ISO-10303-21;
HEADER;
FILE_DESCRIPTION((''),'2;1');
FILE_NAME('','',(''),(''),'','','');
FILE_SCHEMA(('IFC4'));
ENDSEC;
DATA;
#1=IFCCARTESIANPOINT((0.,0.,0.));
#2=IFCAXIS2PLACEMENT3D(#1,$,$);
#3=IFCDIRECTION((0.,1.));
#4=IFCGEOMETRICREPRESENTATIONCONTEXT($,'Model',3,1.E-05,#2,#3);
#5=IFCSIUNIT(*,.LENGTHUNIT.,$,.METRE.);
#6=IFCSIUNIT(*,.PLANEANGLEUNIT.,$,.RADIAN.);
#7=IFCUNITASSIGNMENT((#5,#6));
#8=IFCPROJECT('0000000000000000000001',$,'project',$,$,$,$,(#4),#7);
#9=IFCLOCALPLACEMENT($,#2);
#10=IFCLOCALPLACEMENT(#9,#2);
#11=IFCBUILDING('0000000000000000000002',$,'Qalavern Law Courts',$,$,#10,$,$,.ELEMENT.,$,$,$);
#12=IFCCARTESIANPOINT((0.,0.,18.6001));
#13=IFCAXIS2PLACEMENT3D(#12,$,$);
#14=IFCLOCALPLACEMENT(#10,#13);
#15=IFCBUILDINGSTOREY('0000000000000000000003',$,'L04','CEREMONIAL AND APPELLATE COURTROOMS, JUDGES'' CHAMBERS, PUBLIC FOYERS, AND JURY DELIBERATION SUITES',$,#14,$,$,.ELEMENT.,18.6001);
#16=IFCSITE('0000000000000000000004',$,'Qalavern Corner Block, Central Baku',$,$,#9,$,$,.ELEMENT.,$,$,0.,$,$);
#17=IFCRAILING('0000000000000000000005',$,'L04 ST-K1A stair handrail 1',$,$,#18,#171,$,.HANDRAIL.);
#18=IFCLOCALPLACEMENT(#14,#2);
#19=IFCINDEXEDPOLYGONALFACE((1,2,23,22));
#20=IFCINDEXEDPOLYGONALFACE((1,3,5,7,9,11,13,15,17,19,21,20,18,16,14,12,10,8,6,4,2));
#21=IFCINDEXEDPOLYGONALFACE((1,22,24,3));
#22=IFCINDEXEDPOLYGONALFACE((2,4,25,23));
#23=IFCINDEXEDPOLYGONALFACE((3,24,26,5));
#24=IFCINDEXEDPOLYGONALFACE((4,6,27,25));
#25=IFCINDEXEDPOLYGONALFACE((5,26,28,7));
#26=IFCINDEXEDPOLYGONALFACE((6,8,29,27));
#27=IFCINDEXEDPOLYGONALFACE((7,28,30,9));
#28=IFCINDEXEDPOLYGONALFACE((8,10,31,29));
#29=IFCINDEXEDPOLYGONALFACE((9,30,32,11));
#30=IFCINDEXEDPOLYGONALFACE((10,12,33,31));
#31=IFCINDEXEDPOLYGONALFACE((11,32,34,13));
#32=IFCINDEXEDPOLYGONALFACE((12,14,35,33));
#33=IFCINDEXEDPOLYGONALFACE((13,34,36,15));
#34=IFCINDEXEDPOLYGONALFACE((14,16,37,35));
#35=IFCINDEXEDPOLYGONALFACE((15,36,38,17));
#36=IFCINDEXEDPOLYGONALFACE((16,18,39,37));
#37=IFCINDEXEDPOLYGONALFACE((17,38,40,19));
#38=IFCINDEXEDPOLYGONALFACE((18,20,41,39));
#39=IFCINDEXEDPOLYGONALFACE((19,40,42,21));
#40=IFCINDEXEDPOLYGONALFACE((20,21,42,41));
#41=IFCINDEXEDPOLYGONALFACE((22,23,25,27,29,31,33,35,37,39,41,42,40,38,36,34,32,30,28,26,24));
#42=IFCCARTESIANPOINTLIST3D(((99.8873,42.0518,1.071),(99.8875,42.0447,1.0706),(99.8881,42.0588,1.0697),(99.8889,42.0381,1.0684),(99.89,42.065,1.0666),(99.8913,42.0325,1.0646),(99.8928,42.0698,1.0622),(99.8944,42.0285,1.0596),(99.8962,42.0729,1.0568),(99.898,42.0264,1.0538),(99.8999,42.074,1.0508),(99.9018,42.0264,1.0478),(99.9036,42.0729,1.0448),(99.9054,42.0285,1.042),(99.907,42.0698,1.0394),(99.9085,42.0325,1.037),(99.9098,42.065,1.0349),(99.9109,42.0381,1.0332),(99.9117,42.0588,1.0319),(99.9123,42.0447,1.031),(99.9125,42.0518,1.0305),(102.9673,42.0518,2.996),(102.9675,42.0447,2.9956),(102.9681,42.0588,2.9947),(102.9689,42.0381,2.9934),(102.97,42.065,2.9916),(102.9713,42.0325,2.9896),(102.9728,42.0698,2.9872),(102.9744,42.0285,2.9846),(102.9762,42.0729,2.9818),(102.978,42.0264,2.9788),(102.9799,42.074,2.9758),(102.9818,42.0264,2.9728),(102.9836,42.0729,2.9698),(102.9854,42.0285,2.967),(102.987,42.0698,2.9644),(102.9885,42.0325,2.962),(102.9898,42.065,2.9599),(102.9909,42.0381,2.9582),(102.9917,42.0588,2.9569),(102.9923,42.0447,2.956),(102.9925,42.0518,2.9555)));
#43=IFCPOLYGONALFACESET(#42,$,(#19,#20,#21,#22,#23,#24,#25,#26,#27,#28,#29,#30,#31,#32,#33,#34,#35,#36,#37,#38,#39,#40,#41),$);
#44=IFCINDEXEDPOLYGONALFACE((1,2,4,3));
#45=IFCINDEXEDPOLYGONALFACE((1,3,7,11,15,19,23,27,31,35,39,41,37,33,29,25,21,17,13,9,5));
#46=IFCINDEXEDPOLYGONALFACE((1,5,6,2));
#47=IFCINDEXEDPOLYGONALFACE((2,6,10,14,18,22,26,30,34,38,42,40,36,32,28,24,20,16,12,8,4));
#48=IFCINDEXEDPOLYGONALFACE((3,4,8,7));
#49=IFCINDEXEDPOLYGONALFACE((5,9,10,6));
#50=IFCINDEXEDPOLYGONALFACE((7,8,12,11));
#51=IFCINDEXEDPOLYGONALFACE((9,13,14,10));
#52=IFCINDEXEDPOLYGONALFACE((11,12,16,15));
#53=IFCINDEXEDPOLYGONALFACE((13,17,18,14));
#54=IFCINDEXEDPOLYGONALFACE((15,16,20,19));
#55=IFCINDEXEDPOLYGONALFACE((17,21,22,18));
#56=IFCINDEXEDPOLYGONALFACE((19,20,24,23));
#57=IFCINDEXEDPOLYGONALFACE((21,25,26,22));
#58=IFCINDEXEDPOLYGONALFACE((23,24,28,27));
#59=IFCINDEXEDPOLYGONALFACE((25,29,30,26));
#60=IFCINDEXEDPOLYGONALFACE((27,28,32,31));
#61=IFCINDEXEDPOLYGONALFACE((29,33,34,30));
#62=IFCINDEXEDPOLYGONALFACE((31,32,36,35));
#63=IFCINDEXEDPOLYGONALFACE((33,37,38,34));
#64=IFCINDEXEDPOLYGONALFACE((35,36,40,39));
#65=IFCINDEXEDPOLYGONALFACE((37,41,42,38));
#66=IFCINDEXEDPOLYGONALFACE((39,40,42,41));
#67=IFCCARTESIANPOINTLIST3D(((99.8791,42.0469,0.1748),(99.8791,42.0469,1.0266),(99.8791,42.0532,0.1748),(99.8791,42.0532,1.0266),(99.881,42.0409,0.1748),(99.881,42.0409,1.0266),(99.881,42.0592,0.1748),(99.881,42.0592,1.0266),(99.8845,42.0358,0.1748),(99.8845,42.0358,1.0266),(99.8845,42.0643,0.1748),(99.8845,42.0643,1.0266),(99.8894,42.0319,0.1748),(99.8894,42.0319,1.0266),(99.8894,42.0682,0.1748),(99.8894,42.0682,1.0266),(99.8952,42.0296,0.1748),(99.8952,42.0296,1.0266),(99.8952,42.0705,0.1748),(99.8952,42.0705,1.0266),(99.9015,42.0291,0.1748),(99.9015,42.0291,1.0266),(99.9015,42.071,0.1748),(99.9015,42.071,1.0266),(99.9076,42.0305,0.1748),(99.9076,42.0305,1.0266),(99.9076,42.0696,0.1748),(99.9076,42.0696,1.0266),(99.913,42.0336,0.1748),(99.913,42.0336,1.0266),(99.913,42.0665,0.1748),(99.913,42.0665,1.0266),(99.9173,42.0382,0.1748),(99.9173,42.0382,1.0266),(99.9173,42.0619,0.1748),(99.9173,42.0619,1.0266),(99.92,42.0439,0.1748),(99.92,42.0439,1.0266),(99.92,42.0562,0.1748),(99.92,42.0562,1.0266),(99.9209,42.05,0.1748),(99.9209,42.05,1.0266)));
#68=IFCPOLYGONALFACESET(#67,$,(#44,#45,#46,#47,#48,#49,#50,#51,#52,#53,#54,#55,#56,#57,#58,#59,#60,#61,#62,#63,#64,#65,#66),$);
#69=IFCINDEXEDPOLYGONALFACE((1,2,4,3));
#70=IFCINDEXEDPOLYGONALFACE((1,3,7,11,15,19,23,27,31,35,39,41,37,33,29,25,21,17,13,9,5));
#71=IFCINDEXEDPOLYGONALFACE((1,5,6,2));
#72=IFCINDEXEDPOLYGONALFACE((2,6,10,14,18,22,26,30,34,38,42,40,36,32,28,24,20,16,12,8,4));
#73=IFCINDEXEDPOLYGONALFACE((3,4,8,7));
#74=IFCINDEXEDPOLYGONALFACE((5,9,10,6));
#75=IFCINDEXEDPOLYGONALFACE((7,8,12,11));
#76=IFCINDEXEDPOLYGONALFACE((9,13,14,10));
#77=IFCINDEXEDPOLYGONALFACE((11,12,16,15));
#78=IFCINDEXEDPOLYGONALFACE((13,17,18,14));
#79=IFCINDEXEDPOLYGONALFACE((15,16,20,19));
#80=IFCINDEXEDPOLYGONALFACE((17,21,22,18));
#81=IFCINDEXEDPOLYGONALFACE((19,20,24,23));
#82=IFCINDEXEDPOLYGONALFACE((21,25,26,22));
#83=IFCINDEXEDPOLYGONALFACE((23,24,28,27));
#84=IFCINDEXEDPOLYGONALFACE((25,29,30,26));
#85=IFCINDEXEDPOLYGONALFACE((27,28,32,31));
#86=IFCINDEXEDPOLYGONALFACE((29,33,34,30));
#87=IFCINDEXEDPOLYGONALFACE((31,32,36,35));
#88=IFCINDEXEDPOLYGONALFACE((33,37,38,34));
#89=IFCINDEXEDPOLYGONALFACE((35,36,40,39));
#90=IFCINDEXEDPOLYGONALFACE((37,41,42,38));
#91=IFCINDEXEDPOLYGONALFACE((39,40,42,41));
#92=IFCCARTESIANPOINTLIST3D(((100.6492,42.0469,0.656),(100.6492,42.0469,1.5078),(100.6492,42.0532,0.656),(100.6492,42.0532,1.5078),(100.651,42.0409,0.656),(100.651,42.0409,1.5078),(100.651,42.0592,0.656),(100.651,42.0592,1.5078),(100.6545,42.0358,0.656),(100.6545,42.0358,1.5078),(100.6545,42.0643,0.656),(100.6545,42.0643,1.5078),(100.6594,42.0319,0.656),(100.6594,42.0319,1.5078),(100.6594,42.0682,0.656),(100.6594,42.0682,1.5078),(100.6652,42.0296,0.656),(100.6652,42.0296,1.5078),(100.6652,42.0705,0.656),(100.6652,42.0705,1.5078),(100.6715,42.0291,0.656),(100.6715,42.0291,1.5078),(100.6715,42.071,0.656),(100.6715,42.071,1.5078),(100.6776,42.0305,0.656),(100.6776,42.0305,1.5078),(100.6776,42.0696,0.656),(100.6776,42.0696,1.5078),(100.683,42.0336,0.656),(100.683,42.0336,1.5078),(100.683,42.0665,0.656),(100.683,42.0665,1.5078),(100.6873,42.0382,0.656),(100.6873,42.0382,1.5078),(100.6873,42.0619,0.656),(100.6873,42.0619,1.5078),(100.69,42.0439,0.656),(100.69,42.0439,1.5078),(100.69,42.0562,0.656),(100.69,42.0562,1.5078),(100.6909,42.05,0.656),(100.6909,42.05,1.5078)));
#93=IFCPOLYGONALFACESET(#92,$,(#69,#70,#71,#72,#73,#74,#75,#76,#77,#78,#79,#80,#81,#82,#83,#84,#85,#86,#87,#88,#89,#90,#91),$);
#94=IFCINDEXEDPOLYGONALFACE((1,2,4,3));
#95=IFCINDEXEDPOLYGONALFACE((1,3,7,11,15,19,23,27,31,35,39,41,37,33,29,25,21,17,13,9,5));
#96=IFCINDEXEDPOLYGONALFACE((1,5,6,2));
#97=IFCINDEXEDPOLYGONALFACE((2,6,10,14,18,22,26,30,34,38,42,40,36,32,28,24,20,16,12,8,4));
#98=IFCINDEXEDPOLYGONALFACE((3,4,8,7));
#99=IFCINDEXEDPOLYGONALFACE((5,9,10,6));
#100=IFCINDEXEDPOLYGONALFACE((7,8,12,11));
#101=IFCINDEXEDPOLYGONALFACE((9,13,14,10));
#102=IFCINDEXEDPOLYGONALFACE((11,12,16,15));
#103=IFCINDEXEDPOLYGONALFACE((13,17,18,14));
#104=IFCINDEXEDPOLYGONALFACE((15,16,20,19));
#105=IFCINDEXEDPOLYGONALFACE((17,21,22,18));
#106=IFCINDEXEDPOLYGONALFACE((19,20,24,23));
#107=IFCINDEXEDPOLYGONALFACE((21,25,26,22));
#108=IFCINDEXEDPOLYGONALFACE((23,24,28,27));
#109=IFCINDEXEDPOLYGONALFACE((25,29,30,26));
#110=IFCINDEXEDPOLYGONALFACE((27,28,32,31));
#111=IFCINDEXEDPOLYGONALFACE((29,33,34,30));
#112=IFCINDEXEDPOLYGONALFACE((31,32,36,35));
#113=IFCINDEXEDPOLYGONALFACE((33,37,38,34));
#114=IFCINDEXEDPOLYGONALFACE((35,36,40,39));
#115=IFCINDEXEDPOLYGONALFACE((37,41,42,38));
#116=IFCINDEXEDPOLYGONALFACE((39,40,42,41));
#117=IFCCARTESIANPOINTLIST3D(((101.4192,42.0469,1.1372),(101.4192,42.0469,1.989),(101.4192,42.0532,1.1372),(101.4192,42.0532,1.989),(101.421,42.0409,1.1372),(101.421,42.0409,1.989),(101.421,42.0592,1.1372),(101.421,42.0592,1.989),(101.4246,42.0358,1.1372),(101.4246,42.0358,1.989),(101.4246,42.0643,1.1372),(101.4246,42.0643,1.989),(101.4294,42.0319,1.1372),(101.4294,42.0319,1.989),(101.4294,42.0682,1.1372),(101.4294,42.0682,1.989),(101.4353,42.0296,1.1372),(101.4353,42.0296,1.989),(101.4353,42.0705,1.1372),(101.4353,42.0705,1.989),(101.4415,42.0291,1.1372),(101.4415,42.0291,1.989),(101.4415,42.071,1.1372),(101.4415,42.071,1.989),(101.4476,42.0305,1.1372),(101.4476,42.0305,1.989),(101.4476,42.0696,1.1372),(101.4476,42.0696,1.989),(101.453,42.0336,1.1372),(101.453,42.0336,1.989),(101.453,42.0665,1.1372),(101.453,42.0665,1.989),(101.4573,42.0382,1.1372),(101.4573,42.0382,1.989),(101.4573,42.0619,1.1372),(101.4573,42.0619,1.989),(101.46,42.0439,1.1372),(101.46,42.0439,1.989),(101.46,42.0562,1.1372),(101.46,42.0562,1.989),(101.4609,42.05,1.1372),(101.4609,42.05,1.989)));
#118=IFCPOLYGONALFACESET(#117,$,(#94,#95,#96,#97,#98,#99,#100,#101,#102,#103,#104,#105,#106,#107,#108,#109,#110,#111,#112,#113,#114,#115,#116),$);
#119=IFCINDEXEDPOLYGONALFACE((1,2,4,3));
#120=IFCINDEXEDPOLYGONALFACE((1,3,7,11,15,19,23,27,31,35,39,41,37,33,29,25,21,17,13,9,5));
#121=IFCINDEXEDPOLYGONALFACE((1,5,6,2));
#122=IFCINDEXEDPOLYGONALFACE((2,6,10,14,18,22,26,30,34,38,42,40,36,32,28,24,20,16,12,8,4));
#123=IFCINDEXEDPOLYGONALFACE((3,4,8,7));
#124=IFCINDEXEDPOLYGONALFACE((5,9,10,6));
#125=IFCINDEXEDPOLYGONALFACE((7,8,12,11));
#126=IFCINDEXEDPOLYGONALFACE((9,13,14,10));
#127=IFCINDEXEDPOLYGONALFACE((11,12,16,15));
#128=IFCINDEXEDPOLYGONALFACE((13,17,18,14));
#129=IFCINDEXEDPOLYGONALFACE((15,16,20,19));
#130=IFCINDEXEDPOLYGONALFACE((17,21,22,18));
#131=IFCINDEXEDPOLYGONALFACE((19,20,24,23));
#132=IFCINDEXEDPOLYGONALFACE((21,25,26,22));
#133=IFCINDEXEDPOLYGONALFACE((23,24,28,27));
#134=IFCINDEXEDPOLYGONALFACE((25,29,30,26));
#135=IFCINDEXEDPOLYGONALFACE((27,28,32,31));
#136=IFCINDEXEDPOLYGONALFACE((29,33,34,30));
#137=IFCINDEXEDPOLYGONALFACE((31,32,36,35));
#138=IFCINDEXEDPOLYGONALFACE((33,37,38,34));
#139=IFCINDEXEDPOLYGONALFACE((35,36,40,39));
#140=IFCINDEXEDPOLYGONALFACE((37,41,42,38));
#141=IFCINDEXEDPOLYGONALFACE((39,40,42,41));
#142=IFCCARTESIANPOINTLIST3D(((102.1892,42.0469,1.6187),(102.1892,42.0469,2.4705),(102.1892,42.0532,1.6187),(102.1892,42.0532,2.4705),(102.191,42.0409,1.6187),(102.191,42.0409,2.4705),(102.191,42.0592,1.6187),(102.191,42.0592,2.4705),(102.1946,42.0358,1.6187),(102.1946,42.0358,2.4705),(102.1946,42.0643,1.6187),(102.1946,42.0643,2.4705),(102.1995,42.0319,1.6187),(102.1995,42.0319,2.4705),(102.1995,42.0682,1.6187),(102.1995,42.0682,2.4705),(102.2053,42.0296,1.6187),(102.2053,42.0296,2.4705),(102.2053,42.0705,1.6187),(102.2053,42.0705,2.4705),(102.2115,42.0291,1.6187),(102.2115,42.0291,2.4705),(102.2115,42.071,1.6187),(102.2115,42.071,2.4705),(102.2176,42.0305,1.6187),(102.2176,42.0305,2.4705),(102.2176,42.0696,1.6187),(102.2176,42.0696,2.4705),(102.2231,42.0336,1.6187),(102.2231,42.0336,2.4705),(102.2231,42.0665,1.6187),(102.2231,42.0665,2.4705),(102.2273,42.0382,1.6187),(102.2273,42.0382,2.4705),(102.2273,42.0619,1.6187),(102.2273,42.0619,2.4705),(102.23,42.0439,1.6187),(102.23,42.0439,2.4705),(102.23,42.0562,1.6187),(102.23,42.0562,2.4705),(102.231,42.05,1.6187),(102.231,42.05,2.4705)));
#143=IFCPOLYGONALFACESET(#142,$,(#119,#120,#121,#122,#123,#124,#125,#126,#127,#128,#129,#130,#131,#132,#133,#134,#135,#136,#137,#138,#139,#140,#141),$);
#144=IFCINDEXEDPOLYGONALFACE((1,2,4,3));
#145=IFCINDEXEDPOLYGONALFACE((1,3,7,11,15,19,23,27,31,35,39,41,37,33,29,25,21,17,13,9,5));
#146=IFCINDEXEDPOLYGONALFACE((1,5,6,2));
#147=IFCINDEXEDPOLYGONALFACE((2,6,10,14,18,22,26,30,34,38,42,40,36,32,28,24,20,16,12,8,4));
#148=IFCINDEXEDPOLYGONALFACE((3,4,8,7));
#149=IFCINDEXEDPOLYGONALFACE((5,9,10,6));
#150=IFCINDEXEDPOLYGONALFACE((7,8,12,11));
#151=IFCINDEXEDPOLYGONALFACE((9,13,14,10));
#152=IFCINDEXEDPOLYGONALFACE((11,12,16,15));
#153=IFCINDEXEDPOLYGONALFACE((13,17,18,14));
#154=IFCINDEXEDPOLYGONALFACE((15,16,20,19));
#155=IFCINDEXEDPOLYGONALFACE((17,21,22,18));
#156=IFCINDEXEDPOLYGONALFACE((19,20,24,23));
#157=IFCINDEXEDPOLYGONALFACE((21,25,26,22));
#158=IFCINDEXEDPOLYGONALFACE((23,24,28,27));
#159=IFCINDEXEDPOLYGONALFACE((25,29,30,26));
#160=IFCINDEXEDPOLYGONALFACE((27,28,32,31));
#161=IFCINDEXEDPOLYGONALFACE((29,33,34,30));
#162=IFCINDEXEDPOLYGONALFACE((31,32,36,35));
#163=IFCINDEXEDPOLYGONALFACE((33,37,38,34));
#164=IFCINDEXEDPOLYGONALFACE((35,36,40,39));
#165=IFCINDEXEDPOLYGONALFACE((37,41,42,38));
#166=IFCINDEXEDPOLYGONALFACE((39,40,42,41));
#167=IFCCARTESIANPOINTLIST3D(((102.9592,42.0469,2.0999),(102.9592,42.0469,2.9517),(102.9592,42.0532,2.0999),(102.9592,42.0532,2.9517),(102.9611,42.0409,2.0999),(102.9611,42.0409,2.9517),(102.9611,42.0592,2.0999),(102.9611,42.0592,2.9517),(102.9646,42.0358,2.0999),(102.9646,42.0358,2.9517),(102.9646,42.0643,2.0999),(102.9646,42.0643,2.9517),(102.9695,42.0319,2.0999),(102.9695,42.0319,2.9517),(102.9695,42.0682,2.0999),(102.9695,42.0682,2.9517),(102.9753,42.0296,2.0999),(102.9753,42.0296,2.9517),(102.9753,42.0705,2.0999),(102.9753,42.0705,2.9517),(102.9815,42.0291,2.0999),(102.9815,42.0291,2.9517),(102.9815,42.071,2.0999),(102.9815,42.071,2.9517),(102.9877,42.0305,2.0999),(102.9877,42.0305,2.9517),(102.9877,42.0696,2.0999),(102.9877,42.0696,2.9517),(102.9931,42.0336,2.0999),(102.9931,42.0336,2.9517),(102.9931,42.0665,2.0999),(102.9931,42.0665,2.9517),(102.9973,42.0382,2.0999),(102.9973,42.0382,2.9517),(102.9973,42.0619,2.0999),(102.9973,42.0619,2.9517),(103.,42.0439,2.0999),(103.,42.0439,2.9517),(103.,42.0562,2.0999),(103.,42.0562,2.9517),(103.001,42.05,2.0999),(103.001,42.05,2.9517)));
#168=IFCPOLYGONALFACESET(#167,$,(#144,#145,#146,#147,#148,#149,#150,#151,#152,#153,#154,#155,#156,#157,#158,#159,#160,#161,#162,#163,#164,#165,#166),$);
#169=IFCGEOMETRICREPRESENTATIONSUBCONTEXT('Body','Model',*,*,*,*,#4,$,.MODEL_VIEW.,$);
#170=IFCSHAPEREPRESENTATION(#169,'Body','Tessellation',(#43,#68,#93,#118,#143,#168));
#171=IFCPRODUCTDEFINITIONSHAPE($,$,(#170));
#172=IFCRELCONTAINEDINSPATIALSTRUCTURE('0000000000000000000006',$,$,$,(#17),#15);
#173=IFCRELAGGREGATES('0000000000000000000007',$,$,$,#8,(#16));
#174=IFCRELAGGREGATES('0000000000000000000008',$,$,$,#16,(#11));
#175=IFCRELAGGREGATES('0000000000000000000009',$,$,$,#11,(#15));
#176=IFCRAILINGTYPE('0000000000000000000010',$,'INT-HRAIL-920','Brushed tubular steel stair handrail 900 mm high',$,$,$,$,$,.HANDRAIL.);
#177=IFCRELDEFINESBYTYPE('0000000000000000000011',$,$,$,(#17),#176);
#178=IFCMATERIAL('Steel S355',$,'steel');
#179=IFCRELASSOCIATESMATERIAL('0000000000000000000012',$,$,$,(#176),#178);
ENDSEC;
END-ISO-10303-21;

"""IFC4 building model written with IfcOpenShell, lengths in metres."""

from ifc_helpers import new_model, si_unit, direction, frame, origin, origin_2d, place, context, subcontext, project, spatial, circle, extrude, material, type_object, element, save


model = new_model("IFC4")

# Units and contexts
model_context = context("Model", 3, precision=1e-05, world=origin(), true_north=direction((0.0, 1.0)))
body_context = subcontext(model_context, "Body", "Model", "MODEL_VIEW")
ifc_project = project(units=[si_unit("LENGTHUNIT", "METRE"), si_unit("PLANEANGLEUNIT", "RADIAN")], contexts=[model_context])

# Site, building, storey
site_placement = place(None, origin())
site = spatial("IfcSite", under=ifc_project, at=site_placement, Name="Qalavern Corner Block, Central Baku", CompositionType="ELEMENT", RefElevation=0.0)
building_placement = place(site_placement, origin())
building = spatial("IfcBuilding", under=site, at=building_placement, Name="Qalavern Law Courts", CompositionType="ELEMENT")
storey_placement = place(building_placement, frame((0.0, 0.0, 18.6001)))
storey = spatial("IfcBuildingStorey", under=building, at=storey_placement, Name="L04", Description="CEREMONIAL AND APPELLATE COURTROOMS, JUDGES' CHAMBERS, PUBLIC FOYERS, AND JURY DELIBERATION SUITES", CompositionType="ELEMENT", Elevation=18.6001)

# Railing
ifc_material_1 = material(Name="Steel S355", Category="steel")
railing_type_1 = type_object("IfcRailingType", Name="INT-HRAIL-920", Description="Brushed tubular steel stair handrail 900 mm high", PredefinedType="HANDRAIL", material=ifc_material_1)
railing_1_placement = place(storey_placement, frame((99.8999, 42.05, 0.1748)))
element("IfcRailing", 1, at=railing_1_placement, inside=storey, type_object=railing_type_1, Name="L04 ST-K1A stair handrail 1", PredefinedType="HANDRAIL", context=body_context, shape_type="SweptSolid", body=[
    extrude(circle(Radius=0.0239, at=origin_2d()), frame((0.0, 0.0, 0.876), z_axis=(0.847998, 0.0, 0.529999), x_axis=(0.0, 1.0, 0.0)), (0.0, 0.0, 1.0), 3.6321),
    extrude(circle(Radius=0.021, at=origin_2d()), origin(), (0.0, 0.0, 1.0), 0.8518),
    extrude(circle(Radius=0.021, at=origin_2d()), frame((0.77, 0.0, 0.4812)), (0.0, 0.0, 1.0), 0.8518),
    extrude(circle(Radius=0.021, at=origin_2d()), frame((1.54, 0.0, 0.9624)), (0.0, 0.0, 1.0), 0.8518),
    extrude(circle(Radius=0.021, at=origin_2d()), frame((2.3101, 0.0, 1.4438)), (0.0, 0.0, 1.0), 0.8518),
    extrude(circle(Radius=0.021, at=origin_2d()), frame((3.0801, 0.0, 1.925)), (0.0, 0.0, 1.0), 0.8518),
])

save(model, "model.ifc")
